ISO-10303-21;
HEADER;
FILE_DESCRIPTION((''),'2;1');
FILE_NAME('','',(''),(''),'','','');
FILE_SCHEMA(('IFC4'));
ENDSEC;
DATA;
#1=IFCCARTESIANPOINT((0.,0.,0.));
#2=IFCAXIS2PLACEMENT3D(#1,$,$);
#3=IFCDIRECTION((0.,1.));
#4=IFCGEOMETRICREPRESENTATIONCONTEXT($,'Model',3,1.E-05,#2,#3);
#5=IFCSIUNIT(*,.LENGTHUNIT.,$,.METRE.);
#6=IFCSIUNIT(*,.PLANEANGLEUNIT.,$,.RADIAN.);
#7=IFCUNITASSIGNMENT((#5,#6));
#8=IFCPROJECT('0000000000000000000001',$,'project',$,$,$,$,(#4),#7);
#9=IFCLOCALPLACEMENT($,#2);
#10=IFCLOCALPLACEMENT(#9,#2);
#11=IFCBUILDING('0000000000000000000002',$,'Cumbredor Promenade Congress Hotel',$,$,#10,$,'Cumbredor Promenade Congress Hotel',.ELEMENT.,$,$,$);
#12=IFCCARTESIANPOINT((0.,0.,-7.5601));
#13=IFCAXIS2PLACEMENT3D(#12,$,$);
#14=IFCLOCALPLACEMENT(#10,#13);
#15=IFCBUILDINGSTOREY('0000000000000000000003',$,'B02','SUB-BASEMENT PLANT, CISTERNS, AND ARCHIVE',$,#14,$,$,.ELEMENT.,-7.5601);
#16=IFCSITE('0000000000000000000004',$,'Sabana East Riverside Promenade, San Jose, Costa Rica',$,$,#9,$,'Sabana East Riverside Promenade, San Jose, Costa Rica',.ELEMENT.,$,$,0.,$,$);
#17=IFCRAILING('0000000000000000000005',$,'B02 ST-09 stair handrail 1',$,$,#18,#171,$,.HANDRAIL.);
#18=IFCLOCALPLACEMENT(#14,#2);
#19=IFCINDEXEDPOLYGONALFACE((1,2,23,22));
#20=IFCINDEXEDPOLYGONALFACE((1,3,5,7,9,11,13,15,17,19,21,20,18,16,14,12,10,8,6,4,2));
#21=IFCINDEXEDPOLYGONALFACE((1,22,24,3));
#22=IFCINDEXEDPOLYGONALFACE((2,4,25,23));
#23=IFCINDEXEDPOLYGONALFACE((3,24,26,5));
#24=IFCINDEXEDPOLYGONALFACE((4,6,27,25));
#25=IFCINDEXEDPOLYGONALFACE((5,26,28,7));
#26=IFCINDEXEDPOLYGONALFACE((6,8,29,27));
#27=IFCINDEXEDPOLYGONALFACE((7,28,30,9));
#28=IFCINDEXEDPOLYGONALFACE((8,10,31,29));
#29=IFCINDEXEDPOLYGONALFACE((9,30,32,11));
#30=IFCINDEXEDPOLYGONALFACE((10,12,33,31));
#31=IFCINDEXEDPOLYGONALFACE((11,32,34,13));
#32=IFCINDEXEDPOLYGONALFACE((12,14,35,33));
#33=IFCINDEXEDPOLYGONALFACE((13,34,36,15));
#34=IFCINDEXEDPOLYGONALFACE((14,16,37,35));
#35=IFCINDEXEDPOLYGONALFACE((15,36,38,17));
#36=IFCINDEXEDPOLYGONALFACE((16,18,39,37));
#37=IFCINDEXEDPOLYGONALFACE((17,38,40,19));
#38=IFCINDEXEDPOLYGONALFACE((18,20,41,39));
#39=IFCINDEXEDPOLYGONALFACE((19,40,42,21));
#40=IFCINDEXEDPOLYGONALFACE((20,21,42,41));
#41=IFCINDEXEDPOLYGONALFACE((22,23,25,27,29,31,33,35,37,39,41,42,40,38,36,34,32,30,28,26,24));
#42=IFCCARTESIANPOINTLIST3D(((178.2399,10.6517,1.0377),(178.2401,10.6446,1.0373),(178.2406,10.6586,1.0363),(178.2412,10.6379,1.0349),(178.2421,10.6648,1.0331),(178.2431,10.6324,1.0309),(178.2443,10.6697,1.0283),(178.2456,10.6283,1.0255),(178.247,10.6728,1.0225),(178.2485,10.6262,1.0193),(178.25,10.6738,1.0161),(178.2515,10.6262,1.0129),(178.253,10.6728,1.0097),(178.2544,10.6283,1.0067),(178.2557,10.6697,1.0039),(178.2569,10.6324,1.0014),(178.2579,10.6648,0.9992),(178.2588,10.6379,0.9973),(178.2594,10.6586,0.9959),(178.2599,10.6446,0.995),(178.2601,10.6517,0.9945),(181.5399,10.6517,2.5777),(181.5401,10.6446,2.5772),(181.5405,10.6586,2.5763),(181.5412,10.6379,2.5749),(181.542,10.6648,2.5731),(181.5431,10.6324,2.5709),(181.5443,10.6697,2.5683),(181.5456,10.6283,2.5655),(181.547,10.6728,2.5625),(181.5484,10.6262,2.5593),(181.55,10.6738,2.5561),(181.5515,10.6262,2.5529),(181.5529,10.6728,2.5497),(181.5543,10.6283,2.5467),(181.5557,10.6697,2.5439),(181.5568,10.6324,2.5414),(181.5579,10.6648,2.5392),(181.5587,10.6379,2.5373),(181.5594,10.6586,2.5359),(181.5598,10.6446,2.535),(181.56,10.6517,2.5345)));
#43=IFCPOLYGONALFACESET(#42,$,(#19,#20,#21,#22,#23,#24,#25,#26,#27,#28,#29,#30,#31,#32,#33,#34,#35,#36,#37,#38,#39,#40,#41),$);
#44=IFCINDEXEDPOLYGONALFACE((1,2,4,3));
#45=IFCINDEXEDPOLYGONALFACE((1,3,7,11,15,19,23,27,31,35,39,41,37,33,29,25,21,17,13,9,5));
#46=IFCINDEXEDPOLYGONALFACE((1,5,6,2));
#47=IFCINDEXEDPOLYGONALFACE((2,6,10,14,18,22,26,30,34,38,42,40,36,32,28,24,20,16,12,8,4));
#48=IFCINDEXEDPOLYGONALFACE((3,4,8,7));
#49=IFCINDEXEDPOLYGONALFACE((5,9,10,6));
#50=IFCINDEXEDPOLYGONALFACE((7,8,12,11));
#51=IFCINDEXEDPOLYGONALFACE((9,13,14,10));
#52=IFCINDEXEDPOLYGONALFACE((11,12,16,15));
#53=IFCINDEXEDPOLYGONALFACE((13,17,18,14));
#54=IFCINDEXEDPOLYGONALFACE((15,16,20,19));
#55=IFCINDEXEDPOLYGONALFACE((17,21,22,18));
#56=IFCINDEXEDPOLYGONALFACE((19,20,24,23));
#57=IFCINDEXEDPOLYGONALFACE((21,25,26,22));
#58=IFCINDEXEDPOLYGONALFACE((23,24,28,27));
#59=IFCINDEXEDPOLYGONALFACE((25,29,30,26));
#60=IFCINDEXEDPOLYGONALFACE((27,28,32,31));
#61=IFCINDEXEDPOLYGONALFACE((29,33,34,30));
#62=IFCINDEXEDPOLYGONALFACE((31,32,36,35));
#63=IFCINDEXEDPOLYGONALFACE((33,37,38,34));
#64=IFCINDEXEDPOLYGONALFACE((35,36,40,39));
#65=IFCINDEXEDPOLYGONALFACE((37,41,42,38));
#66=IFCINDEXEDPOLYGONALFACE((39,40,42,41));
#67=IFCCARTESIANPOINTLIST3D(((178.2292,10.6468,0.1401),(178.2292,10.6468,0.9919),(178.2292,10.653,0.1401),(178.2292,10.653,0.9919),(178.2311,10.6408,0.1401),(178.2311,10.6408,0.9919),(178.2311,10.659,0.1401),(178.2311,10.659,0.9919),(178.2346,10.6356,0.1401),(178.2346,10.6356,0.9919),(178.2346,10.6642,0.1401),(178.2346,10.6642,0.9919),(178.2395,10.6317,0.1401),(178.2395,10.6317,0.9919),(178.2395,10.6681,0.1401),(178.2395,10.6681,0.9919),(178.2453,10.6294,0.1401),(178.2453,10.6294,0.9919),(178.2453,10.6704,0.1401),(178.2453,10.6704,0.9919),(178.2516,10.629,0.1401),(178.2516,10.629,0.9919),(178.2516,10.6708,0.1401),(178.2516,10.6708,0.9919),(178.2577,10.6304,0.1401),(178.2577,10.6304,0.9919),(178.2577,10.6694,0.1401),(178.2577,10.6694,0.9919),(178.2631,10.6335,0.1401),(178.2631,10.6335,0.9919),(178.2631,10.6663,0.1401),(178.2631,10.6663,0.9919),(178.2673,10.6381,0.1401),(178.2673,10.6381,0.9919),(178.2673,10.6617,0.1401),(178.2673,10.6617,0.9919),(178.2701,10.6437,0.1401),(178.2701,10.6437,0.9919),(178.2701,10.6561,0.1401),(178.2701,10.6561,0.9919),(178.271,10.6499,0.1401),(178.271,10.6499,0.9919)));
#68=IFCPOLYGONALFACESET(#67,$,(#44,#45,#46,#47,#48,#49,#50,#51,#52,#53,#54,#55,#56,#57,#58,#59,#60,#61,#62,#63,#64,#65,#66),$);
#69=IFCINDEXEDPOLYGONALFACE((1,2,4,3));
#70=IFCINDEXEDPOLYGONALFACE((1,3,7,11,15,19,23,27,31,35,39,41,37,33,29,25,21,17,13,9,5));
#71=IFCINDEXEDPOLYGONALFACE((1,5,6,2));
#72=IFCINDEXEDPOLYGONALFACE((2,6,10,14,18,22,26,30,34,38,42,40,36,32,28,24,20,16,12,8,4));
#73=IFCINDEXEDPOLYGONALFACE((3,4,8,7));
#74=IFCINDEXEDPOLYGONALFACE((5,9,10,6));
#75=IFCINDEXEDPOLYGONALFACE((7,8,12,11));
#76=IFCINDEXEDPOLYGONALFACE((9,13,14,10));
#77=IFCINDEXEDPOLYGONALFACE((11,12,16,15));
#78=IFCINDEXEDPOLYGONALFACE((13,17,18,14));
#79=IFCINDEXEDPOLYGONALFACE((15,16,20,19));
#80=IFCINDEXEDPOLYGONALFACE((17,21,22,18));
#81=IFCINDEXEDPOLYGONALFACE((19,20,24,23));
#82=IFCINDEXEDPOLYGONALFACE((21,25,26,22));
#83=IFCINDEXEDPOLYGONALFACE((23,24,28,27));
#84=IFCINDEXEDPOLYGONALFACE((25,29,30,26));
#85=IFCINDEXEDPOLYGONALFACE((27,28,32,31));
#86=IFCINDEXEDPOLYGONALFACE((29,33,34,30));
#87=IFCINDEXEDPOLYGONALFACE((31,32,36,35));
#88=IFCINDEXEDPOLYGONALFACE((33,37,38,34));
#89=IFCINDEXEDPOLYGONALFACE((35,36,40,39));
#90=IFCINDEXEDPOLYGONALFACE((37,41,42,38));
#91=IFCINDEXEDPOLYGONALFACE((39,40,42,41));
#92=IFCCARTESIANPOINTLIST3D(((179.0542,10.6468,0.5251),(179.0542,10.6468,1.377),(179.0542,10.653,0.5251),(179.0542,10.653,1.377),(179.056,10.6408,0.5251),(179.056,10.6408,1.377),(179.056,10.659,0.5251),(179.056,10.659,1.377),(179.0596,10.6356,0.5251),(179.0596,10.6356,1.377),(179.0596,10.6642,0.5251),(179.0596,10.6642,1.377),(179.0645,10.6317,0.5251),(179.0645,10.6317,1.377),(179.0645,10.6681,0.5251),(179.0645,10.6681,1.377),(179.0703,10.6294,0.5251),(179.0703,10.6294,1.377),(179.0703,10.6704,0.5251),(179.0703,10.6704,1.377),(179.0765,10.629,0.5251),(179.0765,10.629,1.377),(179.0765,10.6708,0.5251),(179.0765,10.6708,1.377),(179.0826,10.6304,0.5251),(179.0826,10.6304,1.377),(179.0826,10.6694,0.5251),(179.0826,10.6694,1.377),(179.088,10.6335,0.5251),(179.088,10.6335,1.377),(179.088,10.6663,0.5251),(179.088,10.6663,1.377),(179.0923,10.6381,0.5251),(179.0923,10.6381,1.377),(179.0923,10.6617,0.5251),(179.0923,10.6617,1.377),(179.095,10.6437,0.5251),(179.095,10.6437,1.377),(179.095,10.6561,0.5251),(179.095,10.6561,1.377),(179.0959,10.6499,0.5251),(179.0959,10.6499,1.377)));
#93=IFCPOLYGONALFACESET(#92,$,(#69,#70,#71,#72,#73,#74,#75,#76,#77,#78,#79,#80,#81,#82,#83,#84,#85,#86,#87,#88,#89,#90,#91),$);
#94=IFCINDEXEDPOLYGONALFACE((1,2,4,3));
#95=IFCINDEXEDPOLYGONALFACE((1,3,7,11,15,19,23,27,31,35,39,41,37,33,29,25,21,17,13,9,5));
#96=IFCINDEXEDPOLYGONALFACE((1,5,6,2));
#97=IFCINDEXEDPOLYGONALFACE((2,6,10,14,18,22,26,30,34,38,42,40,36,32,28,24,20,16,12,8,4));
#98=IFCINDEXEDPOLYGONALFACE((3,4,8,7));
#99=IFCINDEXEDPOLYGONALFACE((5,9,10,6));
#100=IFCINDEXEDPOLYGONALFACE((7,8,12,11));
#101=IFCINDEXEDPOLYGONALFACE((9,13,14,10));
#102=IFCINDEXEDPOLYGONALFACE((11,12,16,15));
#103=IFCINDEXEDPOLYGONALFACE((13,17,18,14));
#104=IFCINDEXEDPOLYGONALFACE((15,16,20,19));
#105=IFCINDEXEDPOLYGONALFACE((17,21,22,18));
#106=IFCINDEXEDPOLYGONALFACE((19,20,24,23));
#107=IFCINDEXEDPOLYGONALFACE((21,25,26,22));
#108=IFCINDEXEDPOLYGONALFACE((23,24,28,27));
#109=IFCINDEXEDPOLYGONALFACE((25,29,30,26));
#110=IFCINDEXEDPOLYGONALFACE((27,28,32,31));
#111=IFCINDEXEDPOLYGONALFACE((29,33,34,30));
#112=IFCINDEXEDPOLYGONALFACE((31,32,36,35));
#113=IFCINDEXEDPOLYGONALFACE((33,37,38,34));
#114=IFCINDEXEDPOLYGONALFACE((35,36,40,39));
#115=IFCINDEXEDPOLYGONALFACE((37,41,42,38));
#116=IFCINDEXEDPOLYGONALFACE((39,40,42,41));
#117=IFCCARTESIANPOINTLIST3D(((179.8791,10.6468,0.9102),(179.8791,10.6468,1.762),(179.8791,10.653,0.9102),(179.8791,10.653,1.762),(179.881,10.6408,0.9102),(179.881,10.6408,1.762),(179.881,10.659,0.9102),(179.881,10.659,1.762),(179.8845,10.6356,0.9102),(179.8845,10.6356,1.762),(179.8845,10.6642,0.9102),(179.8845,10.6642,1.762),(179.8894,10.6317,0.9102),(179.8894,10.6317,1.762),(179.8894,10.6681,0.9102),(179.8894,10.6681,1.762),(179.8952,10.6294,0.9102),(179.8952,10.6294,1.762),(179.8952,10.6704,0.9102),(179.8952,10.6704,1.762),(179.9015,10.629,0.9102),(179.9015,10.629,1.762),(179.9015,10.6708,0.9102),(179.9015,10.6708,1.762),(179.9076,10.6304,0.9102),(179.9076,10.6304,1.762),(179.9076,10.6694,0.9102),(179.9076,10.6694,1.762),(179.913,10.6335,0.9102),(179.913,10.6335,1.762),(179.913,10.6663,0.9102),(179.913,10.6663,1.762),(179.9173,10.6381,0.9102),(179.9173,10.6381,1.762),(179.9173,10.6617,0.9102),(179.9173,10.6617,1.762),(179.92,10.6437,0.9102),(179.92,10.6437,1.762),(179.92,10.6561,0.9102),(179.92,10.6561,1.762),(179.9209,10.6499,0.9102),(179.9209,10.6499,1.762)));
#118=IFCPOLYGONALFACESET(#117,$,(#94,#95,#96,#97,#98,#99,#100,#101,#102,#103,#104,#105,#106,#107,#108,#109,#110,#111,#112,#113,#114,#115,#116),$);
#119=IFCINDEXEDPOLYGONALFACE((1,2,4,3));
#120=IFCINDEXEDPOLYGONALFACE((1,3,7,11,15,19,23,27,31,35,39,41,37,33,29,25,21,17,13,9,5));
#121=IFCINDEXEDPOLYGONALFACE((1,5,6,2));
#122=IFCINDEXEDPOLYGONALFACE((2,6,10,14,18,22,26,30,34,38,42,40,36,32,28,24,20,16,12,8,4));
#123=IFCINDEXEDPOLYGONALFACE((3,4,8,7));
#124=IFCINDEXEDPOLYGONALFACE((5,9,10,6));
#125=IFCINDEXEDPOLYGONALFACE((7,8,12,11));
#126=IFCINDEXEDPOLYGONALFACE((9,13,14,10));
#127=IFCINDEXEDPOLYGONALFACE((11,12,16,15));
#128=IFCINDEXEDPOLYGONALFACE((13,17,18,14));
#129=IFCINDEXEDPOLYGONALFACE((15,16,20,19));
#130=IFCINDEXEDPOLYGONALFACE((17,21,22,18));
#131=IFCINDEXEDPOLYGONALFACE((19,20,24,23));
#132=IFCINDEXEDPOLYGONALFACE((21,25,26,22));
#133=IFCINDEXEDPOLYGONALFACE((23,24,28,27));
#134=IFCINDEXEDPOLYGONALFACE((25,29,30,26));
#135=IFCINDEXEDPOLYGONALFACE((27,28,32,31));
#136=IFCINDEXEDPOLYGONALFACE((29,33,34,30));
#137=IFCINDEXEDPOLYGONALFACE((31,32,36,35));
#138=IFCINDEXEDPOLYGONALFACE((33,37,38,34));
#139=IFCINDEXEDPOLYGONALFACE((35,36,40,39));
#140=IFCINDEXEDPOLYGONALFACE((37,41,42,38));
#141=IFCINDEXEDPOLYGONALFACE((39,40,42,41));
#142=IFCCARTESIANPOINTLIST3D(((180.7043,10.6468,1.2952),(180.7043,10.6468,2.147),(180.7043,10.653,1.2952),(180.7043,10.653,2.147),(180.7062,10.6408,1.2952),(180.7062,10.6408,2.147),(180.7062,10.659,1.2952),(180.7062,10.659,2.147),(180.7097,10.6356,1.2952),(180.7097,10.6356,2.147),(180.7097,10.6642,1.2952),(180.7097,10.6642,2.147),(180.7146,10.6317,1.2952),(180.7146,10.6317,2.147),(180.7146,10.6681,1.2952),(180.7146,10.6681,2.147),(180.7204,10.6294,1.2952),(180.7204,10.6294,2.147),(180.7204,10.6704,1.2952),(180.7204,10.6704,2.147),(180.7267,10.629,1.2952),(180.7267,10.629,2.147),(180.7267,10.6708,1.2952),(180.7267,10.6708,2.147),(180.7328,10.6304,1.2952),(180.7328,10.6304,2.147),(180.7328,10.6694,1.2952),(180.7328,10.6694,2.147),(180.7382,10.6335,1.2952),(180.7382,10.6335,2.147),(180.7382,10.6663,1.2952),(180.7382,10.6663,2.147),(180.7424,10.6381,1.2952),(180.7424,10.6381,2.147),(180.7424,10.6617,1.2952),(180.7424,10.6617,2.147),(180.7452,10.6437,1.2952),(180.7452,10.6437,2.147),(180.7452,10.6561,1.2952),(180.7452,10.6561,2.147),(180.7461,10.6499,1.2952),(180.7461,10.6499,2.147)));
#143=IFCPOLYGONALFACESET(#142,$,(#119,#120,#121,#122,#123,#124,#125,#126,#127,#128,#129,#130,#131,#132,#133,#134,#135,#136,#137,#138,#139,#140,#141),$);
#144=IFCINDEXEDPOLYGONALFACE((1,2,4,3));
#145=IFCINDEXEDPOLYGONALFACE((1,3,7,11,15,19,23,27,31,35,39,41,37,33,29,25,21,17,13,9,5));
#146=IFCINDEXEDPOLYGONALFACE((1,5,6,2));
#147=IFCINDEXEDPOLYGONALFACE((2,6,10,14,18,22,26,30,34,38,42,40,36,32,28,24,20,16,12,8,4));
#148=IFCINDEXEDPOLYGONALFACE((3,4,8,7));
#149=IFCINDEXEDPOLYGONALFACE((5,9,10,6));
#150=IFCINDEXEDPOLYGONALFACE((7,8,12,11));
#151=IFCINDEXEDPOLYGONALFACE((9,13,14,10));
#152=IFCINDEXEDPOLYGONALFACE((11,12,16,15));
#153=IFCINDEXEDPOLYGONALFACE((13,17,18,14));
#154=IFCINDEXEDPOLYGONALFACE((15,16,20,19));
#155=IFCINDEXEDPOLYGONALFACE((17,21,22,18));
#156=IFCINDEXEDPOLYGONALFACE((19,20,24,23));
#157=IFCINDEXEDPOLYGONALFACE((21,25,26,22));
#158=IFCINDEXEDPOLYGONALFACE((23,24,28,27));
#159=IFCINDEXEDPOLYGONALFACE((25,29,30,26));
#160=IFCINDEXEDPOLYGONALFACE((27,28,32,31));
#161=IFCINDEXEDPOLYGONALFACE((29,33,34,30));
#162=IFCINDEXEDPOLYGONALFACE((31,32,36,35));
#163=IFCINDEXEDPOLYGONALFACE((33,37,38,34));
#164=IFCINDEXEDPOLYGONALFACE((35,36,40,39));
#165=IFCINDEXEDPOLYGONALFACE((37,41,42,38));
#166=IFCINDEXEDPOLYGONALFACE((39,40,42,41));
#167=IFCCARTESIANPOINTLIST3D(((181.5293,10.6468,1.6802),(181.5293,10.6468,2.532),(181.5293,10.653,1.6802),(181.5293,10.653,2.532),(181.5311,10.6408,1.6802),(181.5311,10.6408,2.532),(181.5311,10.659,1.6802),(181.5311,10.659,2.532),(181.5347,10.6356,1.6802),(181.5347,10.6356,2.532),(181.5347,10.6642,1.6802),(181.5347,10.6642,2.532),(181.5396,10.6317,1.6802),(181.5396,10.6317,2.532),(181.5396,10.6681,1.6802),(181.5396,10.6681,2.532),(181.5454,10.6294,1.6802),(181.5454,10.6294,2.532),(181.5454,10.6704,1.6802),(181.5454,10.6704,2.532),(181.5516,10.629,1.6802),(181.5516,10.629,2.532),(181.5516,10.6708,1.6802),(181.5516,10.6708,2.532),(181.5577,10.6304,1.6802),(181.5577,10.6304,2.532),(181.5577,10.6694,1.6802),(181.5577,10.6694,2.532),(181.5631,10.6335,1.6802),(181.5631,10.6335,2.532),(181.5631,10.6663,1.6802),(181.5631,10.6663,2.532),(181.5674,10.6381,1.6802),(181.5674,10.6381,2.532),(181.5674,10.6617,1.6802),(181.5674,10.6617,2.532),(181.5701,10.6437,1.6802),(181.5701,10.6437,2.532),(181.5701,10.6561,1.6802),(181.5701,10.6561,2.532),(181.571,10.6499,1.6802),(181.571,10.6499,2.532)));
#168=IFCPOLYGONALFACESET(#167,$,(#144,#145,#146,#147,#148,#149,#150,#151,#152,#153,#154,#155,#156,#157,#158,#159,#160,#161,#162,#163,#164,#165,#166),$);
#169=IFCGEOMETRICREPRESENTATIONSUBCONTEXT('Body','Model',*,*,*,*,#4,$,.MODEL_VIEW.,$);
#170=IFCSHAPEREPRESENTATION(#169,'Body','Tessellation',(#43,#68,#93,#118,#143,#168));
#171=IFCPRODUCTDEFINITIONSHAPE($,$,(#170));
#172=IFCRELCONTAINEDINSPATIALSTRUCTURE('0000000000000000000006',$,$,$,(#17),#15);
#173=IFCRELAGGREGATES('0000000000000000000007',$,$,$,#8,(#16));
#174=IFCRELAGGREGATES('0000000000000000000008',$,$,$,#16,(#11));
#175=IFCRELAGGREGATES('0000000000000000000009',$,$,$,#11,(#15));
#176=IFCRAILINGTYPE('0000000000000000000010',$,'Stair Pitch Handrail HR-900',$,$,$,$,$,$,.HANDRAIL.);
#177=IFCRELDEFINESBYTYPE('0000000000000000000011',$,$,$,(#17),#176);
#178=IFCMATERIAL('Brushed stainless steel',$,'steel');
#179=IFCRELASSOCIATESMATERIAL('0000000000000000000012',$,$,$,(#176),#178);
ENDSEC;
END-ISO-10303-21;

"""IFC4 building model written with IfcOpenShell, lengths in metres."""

from ifc_helpers import new_model, si_unit, direction, frame, origin, origin_2d, place, context, subcontext, project, spatial, circle, extrude, material, type_object, element, save


model = new_model("IFC4")

# Units and contexts
model_context = context("Model", 3, precision=1e-05, world=origin(), true_north=direction((0.0, 1.0)))
body_context = subcontext(model_context, "Body", "Model", "MODEL_VIEW")
ifc_project = project(units=[si_unit("LENGTHUNIT", "METRE"), si_unit("PLANEANGLEUNIT", "RADIAN")], contexts=[model_context])

# Site, building, storey
site_placement = place(None, origin())
site = spatial("IfcSite", under=ifc_project, at=site_placement, Name="Sabana East Riverside Promenade, San Jose, Costa Rica", LongName="Sabana East Riverside Promenade, San Jose, Costa Rica", CompositionType="ELEMENT", RefElevation=0.0)
building_placement = place(site_placement, origin())
building = spatial("IfcBuilding", under=site, at=building_placement, Name="Cumbredor Promenade Congress Hotel", LongName="Cumbredor Promenade Congress Hotel", CompositionType="ELEMENT")
storey_placement = place(building_placement, frame((0.0, 0.0, -7.5601)))
storey = spatial("IfcBuildingStorey", under=building, at=storey_placement, Name="B02", Description="SUB-BASEMENT PLANT, CISTERNS, AND ARCHIVE", CompositionType="ELEMENT", Elevation=-7.5601)

# Railing
ifc_material_1 = material(Name="Brushed stainless steel", Category="steel")
railing_type_1 = type_object("IfcRailingType", Name="Stair Pitch Handrail HR-900", PredefinedType="HANDRAIL", material=ifc_material_1)
railing_1_placement = place(storey_placement, frame((178.25, 10.6499, 0.1401)))
element("IfcRailing", 1, at=railing_1_placement, inside=storey, type_object=railing_type_1, Name="B02 ST-09 stair handrail 1", PredefinedType="HANDRAIL", context=body_context, shape_type="SweptSolid", body=[
    extrude(circle(Radius=0.0239, at=origin_2d()), frame((0.0, 0.0, 0.876), z_axis=(0.906181, 0.0, 0.422889), x_axis=(0.0, 1.0, 0.0)), (0.0, 0.0, 1.0), 3.6416),
    extrude(circle(Radius=0.021, at=origin_2d()), origin(), (0.0, 0.0, 1.0), 0.8518),
    extrude(circle(Radius=0.021, at=origin_2d()), frame((0.825, 0.0, 0.385)), (0.0, 0.0, 1.0), 0.8518),
    extrude(circle(Radius=0.021, at=origin_2d()), frame((1.6499, 0.0, 0.77)), (0.0, 0.0, 1.0), 0.8518),
    extrude(circle(Radius=0.021, at=origin_2d()), frame((2.4751, 0.0, 1.155)), (0.0, 0.0, 1.0), 0.8518),
    extrude(circle(Radius=0.021, at=origin_2d()), frame((3.3, 0.0, 1.54)), (0.0, 0.0, 1.0), 0.8518),
])

save(model, "model.ifc")
